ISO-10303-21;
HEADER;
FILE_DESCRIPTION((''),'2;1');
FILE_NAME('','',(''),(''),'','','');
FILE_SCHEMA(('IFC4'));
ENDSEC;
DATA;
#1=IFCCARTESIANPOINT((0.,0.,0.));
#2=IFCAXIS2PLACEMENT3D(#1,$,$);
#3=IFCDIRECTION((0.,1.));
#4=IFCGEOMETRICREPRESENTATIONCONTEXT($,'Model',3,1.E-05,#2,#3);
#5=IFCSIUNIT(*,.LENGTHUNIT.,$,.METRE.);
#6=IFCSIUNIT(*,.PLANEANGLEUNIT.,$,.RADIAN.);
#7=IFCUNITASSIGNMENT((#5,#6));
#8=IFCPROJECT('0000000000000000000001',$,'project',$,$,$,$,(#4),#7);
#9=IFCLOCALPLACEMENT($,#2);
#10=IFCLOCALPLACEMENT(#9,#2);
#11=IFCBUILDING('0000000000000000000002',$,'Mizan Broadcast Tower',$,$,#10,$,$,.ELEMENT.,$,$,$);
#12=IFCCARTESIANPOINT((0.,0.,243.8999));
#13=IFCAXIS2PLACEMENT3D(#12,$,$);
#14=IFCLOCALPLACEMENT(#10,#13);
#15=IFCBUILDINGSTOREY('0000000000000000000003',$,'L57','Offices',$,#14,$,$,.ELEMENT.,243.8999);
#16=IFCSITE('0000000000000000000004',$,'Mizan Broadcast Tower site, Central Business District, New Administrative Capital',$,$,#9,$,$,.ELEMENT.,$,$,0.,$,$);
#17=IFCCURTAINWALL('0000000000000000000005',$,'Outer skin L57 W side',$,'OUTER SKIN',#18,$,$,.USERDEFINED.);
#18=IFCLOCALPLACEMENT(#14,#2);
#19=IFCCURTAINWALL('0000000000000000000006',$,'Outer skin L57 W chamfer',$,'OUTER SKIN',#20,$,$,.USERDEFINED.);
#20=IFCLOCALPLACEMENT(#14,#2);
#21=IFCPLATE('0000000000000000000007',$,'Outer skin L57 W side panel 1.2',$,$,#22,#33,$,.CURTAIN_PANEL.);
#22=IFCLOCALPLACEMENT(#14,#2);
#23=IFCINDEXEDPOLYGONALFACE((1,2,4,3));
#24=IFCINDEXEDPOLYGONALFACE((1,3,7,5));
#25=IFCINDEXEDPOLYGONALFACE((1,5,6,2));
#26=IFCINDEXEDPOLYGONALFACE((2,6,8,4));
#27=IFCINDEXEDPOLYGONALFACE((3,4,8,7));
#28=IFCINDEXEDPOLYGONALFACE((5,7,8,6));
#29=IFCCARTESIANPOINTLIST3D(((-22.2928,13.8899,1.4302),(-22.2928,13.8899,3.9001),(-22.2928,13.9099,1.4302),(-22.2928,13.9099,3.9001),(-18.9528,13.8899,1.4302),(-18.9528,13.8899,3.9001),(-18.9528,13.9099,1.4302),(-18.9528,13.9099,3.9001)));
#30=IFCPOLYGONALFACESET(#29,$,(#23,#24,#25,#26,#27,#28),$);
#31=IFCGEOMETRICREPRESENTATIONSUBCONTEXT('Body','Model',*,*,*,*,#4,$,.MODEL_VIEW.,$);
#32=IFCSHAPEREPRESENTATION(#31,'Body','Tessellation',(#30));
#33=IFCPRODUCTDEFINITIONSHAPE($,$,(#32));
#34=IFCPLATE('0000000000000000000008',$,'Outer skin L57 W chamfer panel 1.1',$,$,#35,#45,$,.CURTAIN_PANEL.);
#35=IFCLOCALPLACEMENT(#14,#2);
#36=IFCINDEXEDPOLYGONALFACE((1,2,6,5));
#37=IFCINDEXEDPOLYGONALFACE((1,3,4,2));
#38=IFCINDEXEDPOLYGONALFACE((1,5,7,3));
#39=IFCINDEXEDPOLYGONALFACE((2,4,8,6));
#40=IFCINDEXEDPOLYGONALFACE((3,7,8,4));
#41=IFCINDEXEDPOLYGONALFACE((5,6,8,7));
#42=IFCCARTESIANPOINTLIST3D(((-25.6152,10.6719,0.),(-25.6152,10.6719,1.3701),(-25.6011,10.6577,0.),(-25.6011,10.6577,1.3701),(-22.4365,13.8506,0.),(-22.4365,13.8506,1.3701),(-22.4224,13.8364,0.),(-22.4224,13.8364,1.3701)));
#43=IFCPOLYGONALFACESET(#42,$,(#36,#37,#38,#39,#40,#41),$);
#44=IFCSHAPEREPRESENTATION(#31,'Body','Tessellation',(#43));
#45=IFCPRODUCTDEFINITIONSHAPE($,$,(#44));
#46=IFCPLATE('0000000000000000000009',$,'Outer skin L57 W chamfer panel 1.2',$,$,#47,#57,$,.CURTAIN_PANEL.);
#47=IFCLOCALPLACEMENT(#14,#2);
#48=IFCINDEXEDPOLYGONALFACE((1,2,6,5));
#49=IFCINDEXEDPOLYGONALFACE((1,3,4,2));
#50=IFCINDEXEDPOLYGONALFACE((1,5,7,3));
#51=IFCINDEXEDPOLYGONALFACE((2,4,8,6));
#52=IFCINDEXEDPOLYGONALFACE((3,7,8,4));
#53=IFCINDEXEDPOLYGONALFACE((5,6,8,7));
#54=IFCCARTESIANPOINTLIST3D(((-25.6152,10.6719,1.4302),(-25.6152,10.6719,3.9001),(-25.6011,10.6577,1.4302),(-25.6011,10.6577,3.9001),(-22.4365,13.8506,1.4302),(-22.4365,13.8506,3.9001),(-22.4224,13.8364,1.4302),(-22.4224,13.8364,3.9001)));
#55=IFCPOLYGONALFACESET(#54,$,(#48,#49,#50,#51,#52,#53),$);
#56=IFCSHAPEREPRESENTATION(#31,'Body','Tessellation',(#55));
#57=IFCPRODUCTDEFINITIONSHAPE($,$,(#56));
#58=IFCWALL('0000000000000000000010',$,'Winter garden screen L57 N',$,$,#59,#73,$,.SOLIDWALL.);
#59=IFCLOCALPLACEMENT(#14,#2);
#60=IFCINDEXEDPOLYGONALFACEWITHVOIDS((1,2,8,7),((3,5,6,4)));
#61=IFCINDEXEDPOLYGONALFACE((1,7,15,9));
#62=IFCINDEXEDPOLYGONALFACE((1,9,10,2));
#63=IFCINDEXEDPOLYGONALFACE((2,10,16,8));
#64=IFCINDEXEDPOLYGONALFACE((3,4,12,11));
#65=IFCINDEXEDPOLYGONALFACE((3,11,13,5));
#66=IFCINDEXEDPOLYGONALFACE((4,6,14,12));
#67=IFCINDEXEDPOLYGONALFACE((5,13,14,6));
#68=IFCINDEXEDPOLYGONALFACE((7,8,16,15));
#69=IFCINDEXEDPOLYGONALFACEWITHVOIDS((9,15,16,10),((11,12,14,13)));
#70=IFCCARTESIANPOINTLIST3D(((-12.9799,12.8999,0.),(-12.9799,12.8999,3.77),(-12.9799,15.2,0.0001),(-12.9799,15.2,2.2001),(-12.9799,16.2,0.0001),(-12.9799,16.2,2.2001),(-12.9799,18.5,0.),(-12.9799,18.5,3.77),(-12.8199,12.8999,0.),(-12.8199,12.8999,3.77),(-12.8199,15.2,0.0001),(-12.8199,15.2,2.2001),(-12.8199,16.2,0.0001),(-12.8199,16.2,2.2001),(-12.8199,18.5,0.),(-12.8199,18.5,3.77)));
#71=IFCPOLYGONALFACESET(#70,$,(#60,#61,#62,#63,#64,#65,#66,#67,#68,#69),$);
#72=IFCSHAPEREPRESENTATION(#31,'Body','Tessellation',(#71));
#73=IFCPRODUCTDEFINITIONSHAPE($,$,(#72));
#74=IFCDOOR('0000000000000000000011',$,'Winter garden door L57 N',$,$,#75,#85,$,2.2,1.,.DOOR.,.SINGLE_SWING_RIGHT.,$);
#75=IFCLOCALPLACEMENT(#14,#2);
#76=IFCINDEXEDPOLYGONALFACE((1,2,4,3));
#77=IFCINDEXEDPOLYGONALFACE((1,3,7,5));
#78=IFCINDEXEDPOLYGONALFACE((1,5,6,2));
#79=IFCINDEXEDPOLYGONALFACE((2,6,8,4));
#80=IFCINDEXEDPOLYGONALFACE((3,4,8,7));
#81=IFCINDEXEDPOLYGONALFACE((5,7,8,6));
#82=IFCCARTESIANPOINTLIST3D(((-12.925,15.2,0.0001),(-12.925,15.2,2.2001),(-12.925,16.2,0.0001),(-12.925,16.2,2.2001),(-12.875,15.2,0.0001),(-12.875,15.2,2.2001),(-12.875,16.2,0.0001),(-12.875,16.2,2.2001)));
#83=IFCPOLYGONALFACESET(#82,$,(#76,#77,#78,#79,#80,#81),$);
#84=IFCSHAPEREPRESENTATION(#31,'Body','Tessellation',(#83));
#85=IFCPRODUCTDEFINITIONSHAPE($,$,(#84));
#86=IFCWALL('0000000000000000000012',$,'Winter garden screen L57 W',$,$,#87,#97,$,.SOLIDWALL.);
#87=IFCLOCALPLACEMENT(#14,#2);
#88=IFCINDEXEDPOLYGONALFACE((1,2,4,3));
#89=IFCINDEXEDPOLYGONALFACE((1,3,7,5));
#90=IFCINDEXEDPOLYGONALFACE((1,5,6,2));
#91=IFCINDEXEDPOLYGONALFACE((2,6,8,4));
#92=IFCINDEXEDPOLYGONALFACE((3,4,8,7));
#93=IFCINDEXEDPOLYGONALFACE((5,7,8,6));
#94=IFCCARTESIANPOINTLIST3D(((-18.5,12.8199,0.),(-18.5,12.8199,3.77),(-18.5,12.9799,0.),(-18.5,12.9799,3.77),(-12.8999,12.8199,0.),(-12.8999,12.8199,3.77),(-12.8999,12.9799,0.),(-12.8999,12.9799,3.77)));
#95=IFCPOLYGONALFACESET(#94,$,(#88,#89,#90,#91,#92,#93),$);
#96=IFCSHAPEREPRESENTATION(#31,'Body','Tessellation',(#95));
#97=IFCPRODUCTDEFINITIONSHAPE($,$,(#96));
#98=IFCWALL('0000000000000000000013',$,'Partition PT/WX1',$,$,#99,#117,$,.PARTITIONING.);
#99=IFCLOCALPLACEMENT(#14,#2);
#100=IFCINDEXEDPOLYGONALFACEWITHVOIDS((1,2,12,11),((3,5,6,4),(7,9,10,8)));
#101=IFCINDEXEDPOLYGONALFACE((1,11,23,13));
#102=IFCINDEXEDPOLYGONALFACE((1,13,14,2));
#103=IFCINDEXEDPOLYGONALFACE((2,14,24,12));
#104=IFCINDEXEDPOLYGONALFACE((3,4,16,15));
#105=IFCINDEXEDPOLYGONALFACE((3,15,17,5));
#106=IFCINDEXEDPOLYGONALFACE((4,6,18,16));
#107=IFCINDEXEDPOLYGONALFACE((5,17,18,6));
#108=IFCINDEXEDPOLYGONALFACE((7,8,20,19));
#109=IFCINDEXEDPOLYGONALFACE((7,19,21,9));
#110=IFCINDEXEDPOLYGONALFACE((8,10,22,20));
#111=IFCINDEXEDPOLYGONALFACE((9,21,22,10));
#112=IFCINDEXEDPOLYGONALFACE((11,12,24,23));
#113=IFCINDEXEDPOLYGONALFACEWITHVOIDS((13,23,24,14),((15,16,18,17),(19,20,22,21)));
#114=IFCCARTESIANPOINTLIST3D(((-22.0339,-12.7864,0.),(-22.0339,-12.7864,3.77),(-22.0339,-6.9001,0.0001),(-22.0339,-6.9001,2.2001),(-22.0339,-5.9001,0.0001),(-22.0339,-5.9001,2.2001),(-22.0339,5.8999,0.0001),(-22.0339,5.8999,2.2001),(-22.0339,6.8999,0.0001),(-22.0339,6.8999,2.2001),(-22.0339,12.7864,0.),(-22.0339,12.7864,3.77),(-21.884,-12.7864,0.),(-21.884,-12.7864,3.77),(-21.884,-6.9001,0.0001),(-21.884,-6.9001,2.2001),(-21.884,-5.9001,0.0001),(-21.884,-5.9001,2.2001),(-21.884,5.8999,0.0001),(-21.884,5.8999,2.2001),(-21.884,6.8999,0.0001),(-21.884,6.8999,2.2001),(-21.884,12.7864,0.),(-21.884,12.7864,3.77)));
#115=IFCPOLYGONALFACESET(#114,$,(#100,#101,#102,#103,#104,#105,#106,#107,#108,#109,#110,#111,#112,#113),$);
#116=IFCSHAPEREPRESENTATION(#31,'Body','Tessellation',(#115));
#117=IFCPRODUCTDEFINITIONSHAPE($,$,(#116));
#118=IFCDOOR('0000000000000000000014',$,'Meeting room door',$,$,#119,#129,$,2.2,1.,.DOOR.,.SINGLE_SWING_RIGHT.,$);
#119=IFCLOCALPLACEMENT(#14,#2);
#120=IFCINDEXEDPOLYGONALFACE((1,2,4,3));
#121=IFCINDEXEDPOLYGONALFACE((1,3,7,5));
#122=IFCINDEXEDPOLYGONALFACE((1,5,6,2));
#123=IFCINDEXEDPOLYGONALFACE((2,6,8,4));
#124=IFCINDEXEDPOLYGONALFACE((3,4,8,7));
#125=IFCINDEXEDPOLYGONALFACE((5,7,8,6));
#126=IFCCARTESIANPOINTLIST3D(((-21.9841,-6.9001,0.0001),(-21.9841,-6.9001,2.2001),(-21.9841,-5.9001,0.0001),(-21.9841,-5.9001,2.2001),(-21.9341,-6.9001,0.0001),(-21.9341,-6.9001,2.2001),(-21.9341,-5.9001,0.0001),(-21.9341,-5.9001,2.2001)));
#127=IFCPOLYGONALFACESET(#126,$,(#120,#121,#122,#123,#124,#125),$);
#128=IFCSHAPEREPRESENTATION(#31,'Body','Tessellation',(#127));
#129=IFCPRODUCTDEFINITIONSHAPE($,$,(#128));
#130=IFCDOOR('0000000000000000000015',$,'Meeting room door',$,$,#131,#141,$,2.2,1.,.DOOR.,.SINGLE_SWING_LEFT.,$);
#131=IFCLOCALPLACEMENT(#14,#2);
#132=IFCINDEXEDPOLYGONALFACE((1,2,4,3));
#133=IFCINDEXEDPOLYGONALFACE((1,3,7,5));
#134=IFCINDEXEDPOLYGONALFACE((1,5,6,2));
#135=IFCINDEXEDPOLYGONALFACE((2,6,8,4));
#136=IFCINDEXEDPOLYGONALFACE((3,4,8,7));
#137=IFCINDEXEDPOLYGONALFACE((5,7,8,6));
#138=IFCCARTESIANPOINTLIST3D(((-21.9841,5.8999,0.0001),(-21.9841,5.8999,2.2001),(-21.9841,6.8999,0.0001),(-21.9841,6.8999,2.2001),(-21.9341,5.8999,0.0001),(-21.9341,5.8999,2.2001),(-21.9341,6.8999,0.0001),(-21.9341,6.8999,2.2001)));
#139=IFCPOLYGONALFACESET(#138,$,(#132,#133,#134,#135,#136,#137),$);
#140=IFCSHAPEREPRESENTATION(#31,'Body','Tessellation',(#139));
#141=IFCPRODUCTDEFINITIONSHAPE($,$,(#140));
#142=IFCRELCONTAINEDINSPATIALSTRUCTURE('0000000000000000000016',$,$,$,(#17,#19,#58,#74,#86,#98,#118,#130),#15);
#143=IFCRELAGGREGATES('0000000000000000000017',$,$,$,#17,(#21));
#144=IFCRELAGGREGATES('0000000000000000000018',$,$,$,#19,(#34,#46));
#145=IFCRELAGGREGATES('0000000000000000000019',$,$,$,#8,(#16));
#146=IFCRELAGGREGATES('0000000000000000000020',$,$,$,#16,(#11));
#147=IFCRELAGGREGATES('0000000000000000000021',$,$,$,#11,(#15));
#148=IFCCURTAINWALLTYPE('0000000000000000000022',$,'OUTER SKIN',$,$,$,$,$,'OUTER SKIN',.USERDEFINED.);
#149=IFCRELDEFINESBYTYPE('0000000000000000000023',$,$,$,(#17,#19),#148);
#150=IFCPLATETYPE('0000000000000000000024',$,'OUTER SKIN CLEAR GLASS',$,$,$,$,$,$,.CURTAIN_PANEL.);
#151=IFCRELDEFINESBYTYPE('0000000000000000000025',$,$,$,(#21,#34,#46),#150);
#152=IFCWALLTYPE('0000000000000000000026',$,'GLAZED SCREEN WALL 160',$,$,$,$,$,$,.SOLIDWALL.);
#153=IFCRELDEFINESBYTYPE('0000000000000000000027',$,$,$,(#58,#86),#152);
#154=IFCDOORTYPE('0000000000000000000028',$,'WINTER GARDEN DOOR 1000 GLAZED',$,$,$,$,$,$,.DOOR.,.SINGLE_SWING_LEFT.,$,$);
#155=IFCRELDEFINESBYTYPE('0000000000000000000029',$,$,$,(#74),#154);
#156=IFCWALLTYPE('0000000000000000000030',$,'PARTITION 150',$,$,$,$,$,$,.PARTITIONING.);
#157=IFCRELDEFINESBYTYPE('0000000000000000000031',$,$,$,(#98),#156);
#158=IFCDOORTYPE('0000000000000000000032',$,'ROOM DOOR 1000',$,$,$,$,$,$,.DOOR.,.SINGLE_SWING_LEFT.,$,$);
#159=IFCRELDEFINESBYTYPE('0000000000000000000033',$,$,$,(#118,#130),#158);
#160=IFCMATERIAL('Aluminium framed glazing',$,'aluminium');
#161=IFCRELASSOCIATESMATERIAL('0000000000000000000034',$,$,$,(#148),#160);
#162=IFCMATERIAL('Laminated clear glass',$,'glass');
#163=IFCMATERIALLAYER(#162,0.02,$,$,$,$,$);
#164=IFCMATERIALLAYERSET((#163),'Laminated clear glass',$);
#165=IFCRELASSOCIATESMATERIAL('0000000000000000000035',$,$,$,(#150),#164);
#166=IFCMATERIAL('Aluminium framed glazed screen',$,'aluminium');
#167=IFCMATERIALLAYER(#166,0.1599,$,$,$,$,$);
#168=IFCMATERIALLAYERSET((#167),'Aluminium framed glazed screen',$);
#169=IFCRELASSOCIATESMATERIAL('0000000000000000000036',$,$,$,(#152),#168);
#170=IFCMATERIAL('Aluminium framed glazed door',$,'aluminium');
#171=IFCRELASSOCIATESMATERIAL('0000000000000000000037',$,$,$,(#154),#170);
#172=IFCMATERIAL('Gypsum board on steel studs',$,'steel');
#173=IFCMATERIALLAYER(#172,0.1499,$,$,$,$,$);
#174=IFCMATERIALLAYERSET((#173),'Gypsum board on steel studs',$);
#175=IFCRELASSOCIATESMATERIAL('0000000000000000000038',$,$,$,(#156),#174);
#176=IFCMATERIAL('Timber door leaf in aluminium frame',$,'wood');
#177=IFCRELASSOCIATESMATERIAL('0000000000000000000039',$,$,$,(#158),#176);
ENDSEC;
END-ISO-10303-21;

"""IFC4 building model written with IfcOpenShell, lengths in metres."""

from ifc_helpers import new_model, si_unit, direction, frame, frame_2d, origin, origin_2d, place, context, subcontext, project, spatial, rectangle, extrude, material, layer, layer_set, type_object, element, fill, aggregate, save


model = new_model("IFC4")

# Units and contexts
model_context = context("Model", 3, precision=1e-05, world=origin(), true_north=direction((0.0, 1.0)))
body_context = subcontext(model_context, "Body", "Model", "MODEL_VIEW")
ifc_project = project(units=[si_unit("LENGTHUNIT", "METRE"), si_unit("PLANEANGLEUNIT", "RADIAN")], contexts=[model_context])

# Site, building, storey
site_placement = place(None, origin())
site = spatial("IfcSite", under=ifc_project, at=site_placement, Name="Mizan Broadcast Tower site, Central Business District, New Administrative Capital", CompositionType="ELEMENT", RefElevation=0.0)
building_placement = place(site_placement, origin())
building = spatial("IfcBuilding", under=site, at=building_placement, Name="Mizan Broadcast Tower", CompositionType="ELEMENT")
storey_placement = place(building_placement, frame((0.0, 0.0, 243.8999)))
storey = spatial("IfcBuildingStorey", under=building, at=storey_placement, Name="L57", Description="Offices", CompositionType="ELEMENT", Elevation=243.8999)

# Curtain wall
ifc_material_1 = material(Name="Aluminium framed glazing", Category="aluminium")
curtain_wall_type_1 = type_object("IfcCurtainWallType", Name="OUTER SKIN", ElementType="OUTER SKIN", PredefinedType="USERDEFINED", material=ifc_material_1)
curtain_wall_1_placement = place(storey_placement, origin())
curtain_wall_1 = element("IfcCurtainWall", 1, at=curtain_wall_1_placement, inside=storey, type_object=curtain_wall_type_1, Name="Outer skin L57 W side", ObjectType="OUTER SKIN", PredefinedType="USERDEFINED")

# Curtain wall
curtain_wall_2_placement = place(storey_placement, origin())
curtain_wall_2 = element("IfcCurtainWall", 2, at=curtain_wall_2_placement, inside=storey, type_object=curtain_wall_type_1, Name="Outer skin L57 W chamfer", ObjectType="OUTER SKIN", PredefinedType="USERDEFINED")

# Plates
ifc_material_2 = material(Name="Laminated clear glass", Category="glass")
ifc_layer_1 = layer(ifc_material_2, 0.02)
ifc_layer_set_1 = layer_set([ifc_layer_1], Name="Laminated clear glass")
plate_type_1 = type_object("IfcPlateType", Name="OUTER SKIN CLEAR GLASS", PredefinedType="CURTAIN_PANEL", material=ifc_layer_set_1)
plate_1_placement = place(storey_placement, frame((-20.6228, 13.8999, 1.4302), z_axis=(0.0, 0.0, 1.0), x_axis=(-1.0, 0.0, 0.0)))
plate_1 = element("IfcPlate", 3, at=plate_1_placement, type_object=plate_type_1, Name="Outer skin L57 W side panel 1.2", PredefinedType="CURTAIN_PANEL", context=body_context, shape_type="SweptSolid", body=[
    extrude(rectangle(XDim=3.3401, YDim=0.02, at=origin_2d()), origin(), (0.0, 0.0, 1.0), 2.47),
])
aggregate(curtain_wall_1, [plate_1])
plate_2_placement = place(storey_placement, frame((-24.0188, 12.2542, 0.0), z_axis=(0.0, 0.0, 1.0), x_axis=(-0.707107, -0.707107, 0.0)))
plate_2 = element("IfcPlate", 4, at=plate_2_placement, type_object=plate_type_1, Name="Outer skin L57 W chamfer panel 1.1", PredefinedType="CURTAIN_PANEL", context=body_context, shape_type="SweptSolid", body=[
    extrude(rectangle(XDim=4.4954, YDim=0.02, at=origin_2d()), origin(), (0.0, 0.0, 1.0), 1.3701),
])
plate_3_placement = place(storey_placement, frame((-24.0188, 12.2542, 1.4302), z_axis=(0.0, 0.0, 1.0), x_axis=(-0.707107, -0.707107, 0.0)))
plate_3 = element("IfcPlate", 5, at=plate_3_placement, type_object=plate_type_1, Name="Outer skin L57 W chamfer panel 1.2", PredefinedType="CURTAIN_PANEL", context=body_context, shape_type="SweptSolid", body=[
    extrude(rectangle(XDim=4.4954, YDim=0.02, at=origin_2d()), origin(), (0.0, 0.0, 1.0), 2.47),
])
aggregate(curtain_wall_2, [plate_2, plate_3])

# Wall, opening, door
ifc_material_3 = material(Name="Aluminium framed glazed screen", Category="aluminium")
ifc_layer_2 = layer(ifc_material_3, 0.1599)
ifc_layer_set_2 = layer_set([ifc_layer_2], Name="Aluminium framed glazed screen")
wall_type_1 = type_object("IfcWallType", Name="GLAZED SCREEN WALL 160", PredefinedType="SOLIDWALL", material=ifc_layer_set_2)
wall_1_placement = place(storey_placement, frame((-12.8999, 18.5, 0.0), z_axis=(0.0, 0.0, 1.0), x_axis=(0.0, -1.0, 0.0)))
wall_1 = element("IfcWall", 6, at=wall_1_placement, inside=storey, type_object=wall_type_1, Name="Winter garden screen L57 N", PredefinedType="SOLIDWALL", context=body_context, shape_type="SweptSolid", body=[
    extrude(rectangle(XDim=5.6001, YDim=0.1599, at=frame_2d((2.8, 0.0))), origin(), (0.0, 0.0, 1.0), 3.77),
])
opening_1_placement = place(wall_1_placement, frame((2.3, 0.0, 0.0)))
opening_1 = element("IfcOpeningElement", 7, at=opening_1_placement, cuts=wall_1, PredefinedType="OPENING", context=body_context, shape_type="SweptSolid", body=[
    extrude(rectangle(XDim=1.0, YDim=2.2, at=frame_2d((0.5, 1.1001))), frame((0.0, 0.0898, 0.0), z_axis=(0.0, -1.0, 0.0), x_axis=(1.0, 0.0, 0.0)), (0.0, 0.0, 1.0), 0.1799),
])
ifc_material_4 = material(Name="Aluminium framed glazed door", Category="aluminium")
door_type_1 = type_object("IfcDoorType", Name="WINTER GARDEN DOOR 1000 GLAZED", OperationType="SINGLE_SWING_LEFT", PredefinedType="DOOR", material=ifc_material_4)
door_1_placement = place(opening_1_placement, origin())
door_1 = element("IfcDoor", 8, at=door_1_placement, inside=storey, type_object=door_type_1, Name="Winter garden door L57 N", OperationType="SINGLE_SWING_RIGHT", OverallHeight=2.2, OverallWidth=1.0, PredefinedType="DOOR", context=body_context, shape_type="SweptSolid", body=[
    extrude(rectangle(XDim=1.0, YDim=2.2, at=frame_2d((0.5, 1.1001))), frame((0.0, 0.0249, 0.0), z_axis=(0.0, -1.0, 0.0), x_axis=(1.0, 0.0, 0.0)), (0.0, 0.0, 1.0), 0.05),
])
fill(opening_1, door_1)

# Wall
wall_2_placement = place(storey_placement, frame((-12.8999, 12.8999, 0.0), z_axis=(0.0, 0.0, 1.0), x_axis=(-1.0, 0.0, 0.0)))
element("IfcWall", 9, at=wall_2_placement, inside=storey, type_object=wall_type_1, Name="Winter garden screen L57 W", PredefinedType="SOLIDWALL", context=body_context, shape_type="SweptSolid", body=[
    extrude(rectangle(XDim=5.6001, YDim=0.1599, at=frame_2d((2.8, 0.0))), origin(), (0.0, 0.0, 1.0), 3.77),
])

# Wall, openings, doors
ifc_material_5 = material(Name="Gypsum board on steel studs", Category="steel")
ifc_layer_3 = layer(ifc_material_5, 0.1499)
ifc_layer_set_3 = layer_set([ifc_layer_3], Name="Gypsum board on steel studs")
wall_type_2 = type_object("IfcWallType", Name="PARTITION 150", PredefinedType="PARTITIONING", material=ifc_layer_set_3)
wall_3_placement = place(storey_placement, frame((-21.959, 12.7864, 0.0), z_axis=(0.0, 0.0, 1.0), x_axis=(0.0, -1.0, 0.0)))
wall_3 = element("IfcWall", 10, at=wall_3_placement, inside=storey, type_object=wall_type_2, Name="Partition PT/WX1", PredefinedType="PARTITIONING", context=body_context, shape_type="SweptSolid", body=[
    extrude(rectangle(XDim=25.5728, YDim=0.1499, at=frame_2d((12.7864, 0.0))), origin(), (0.0, 0.0, 1.0), 3.77),
])
opening_2_placement = place(wall_3_placement, frame((18.6865, 0.0, 0.0)))
opening_2 = element("IfcOpeningElement", 11, at=opening_2_placement, cuts=wall_3, PredefinedType="OPENING", context=body_context, shape_type="SweptSolid", body=[
    extrude(rectangle(XDim=1.0, YDim=2.2, at=frame_2d((0.5, 1.1001))), frame((0.0, 0.085, 0.0), z_axis=(0.0, -1.0, 0.0), x_axis=(1.0, 0.0, 0.0)), (0.0, 0.0, 1.0), 0.1699),
])
opening_3_placement = place(wall_3_placement, frame((5.8865, 0.0, 0.0)))
opening_3 = element("IfcOpeningElement", 12, at=opening_3_placement, cuts=wall_3, PredefinedType="OPENING", context=body_context, shape_type="SweptSolid", body=[
    extrude(rectangle(XDim=1.0, YDim=2.2, at=frame_2d((0.5, 1.1001))), frame((0.0, 0.085, 0.0), z_axis=(0.0, -1.0, 0.0), x_axis=(1.0, 0.0, 0.0)), (0.0, 0.0, 1.0), 0.1699),
])
ifc_material_6 = material(Name="Timber door leaf in aluminium frame", Category="wood")
door_type_2 = type_object("IfcDoorType", Name="ROOM DOOR 1000", OperationType="SINGLE_SWING_LEFT", PredefinedType="DOOR", material=ifc_material_6)
door_2_placement = place(opening_2_placement, origin())
door_2 = element("IfcDoor", 13, at=door_2_placement, inside=storey, type_object=door_type_2, Name="Meeting room door", OperationType="SINGLE_SWING_RIGHT", OverallHeight=2.2, OverallWidth=1.0, PredefinedType="DOOR", context=body_context, shape_type="SweptSolid", body=[
    extrude(rectangle(XDim=1.0, YDim=2.2, at=frame_2d((0.5, 1.1001))), frame((0.0, 0.0249, 0.0), z_axis=(0.0, -1.0, 0.0), x_axis=(1.0, 0.0, 0.0)), (0.0, 0.0, 1.0), 0.05),
])
fill(opening_2, door_2)
door_3_placement = place(opening_3_placement, origin())
door_3 = element("IfcDoor", 14, at=door_3_placement, inside=storey, type_object=door_type_2, Name="Meeting room door", OperationType="SINGLE_SWING_LEFT", OverallHeight=2.2, OverallWidth=1.0, PredefinedType="DOOR", context=body_context, shape_type="SweptSolid", body=[
    extrude(rectangle(XDim=1.0, YDim=2.2, at=frame_2d((0.5, 1.1001))), frame((0.0, 0.0249, 0.0), z_axis=(0.0, -1.0, 0.0), x_axis=(1.0, 0.0, 0.0)), (0.0, 0.0, 1.0), 0.05),
])
fill(opening_3, door_3)

save(model, "model.ifc")
